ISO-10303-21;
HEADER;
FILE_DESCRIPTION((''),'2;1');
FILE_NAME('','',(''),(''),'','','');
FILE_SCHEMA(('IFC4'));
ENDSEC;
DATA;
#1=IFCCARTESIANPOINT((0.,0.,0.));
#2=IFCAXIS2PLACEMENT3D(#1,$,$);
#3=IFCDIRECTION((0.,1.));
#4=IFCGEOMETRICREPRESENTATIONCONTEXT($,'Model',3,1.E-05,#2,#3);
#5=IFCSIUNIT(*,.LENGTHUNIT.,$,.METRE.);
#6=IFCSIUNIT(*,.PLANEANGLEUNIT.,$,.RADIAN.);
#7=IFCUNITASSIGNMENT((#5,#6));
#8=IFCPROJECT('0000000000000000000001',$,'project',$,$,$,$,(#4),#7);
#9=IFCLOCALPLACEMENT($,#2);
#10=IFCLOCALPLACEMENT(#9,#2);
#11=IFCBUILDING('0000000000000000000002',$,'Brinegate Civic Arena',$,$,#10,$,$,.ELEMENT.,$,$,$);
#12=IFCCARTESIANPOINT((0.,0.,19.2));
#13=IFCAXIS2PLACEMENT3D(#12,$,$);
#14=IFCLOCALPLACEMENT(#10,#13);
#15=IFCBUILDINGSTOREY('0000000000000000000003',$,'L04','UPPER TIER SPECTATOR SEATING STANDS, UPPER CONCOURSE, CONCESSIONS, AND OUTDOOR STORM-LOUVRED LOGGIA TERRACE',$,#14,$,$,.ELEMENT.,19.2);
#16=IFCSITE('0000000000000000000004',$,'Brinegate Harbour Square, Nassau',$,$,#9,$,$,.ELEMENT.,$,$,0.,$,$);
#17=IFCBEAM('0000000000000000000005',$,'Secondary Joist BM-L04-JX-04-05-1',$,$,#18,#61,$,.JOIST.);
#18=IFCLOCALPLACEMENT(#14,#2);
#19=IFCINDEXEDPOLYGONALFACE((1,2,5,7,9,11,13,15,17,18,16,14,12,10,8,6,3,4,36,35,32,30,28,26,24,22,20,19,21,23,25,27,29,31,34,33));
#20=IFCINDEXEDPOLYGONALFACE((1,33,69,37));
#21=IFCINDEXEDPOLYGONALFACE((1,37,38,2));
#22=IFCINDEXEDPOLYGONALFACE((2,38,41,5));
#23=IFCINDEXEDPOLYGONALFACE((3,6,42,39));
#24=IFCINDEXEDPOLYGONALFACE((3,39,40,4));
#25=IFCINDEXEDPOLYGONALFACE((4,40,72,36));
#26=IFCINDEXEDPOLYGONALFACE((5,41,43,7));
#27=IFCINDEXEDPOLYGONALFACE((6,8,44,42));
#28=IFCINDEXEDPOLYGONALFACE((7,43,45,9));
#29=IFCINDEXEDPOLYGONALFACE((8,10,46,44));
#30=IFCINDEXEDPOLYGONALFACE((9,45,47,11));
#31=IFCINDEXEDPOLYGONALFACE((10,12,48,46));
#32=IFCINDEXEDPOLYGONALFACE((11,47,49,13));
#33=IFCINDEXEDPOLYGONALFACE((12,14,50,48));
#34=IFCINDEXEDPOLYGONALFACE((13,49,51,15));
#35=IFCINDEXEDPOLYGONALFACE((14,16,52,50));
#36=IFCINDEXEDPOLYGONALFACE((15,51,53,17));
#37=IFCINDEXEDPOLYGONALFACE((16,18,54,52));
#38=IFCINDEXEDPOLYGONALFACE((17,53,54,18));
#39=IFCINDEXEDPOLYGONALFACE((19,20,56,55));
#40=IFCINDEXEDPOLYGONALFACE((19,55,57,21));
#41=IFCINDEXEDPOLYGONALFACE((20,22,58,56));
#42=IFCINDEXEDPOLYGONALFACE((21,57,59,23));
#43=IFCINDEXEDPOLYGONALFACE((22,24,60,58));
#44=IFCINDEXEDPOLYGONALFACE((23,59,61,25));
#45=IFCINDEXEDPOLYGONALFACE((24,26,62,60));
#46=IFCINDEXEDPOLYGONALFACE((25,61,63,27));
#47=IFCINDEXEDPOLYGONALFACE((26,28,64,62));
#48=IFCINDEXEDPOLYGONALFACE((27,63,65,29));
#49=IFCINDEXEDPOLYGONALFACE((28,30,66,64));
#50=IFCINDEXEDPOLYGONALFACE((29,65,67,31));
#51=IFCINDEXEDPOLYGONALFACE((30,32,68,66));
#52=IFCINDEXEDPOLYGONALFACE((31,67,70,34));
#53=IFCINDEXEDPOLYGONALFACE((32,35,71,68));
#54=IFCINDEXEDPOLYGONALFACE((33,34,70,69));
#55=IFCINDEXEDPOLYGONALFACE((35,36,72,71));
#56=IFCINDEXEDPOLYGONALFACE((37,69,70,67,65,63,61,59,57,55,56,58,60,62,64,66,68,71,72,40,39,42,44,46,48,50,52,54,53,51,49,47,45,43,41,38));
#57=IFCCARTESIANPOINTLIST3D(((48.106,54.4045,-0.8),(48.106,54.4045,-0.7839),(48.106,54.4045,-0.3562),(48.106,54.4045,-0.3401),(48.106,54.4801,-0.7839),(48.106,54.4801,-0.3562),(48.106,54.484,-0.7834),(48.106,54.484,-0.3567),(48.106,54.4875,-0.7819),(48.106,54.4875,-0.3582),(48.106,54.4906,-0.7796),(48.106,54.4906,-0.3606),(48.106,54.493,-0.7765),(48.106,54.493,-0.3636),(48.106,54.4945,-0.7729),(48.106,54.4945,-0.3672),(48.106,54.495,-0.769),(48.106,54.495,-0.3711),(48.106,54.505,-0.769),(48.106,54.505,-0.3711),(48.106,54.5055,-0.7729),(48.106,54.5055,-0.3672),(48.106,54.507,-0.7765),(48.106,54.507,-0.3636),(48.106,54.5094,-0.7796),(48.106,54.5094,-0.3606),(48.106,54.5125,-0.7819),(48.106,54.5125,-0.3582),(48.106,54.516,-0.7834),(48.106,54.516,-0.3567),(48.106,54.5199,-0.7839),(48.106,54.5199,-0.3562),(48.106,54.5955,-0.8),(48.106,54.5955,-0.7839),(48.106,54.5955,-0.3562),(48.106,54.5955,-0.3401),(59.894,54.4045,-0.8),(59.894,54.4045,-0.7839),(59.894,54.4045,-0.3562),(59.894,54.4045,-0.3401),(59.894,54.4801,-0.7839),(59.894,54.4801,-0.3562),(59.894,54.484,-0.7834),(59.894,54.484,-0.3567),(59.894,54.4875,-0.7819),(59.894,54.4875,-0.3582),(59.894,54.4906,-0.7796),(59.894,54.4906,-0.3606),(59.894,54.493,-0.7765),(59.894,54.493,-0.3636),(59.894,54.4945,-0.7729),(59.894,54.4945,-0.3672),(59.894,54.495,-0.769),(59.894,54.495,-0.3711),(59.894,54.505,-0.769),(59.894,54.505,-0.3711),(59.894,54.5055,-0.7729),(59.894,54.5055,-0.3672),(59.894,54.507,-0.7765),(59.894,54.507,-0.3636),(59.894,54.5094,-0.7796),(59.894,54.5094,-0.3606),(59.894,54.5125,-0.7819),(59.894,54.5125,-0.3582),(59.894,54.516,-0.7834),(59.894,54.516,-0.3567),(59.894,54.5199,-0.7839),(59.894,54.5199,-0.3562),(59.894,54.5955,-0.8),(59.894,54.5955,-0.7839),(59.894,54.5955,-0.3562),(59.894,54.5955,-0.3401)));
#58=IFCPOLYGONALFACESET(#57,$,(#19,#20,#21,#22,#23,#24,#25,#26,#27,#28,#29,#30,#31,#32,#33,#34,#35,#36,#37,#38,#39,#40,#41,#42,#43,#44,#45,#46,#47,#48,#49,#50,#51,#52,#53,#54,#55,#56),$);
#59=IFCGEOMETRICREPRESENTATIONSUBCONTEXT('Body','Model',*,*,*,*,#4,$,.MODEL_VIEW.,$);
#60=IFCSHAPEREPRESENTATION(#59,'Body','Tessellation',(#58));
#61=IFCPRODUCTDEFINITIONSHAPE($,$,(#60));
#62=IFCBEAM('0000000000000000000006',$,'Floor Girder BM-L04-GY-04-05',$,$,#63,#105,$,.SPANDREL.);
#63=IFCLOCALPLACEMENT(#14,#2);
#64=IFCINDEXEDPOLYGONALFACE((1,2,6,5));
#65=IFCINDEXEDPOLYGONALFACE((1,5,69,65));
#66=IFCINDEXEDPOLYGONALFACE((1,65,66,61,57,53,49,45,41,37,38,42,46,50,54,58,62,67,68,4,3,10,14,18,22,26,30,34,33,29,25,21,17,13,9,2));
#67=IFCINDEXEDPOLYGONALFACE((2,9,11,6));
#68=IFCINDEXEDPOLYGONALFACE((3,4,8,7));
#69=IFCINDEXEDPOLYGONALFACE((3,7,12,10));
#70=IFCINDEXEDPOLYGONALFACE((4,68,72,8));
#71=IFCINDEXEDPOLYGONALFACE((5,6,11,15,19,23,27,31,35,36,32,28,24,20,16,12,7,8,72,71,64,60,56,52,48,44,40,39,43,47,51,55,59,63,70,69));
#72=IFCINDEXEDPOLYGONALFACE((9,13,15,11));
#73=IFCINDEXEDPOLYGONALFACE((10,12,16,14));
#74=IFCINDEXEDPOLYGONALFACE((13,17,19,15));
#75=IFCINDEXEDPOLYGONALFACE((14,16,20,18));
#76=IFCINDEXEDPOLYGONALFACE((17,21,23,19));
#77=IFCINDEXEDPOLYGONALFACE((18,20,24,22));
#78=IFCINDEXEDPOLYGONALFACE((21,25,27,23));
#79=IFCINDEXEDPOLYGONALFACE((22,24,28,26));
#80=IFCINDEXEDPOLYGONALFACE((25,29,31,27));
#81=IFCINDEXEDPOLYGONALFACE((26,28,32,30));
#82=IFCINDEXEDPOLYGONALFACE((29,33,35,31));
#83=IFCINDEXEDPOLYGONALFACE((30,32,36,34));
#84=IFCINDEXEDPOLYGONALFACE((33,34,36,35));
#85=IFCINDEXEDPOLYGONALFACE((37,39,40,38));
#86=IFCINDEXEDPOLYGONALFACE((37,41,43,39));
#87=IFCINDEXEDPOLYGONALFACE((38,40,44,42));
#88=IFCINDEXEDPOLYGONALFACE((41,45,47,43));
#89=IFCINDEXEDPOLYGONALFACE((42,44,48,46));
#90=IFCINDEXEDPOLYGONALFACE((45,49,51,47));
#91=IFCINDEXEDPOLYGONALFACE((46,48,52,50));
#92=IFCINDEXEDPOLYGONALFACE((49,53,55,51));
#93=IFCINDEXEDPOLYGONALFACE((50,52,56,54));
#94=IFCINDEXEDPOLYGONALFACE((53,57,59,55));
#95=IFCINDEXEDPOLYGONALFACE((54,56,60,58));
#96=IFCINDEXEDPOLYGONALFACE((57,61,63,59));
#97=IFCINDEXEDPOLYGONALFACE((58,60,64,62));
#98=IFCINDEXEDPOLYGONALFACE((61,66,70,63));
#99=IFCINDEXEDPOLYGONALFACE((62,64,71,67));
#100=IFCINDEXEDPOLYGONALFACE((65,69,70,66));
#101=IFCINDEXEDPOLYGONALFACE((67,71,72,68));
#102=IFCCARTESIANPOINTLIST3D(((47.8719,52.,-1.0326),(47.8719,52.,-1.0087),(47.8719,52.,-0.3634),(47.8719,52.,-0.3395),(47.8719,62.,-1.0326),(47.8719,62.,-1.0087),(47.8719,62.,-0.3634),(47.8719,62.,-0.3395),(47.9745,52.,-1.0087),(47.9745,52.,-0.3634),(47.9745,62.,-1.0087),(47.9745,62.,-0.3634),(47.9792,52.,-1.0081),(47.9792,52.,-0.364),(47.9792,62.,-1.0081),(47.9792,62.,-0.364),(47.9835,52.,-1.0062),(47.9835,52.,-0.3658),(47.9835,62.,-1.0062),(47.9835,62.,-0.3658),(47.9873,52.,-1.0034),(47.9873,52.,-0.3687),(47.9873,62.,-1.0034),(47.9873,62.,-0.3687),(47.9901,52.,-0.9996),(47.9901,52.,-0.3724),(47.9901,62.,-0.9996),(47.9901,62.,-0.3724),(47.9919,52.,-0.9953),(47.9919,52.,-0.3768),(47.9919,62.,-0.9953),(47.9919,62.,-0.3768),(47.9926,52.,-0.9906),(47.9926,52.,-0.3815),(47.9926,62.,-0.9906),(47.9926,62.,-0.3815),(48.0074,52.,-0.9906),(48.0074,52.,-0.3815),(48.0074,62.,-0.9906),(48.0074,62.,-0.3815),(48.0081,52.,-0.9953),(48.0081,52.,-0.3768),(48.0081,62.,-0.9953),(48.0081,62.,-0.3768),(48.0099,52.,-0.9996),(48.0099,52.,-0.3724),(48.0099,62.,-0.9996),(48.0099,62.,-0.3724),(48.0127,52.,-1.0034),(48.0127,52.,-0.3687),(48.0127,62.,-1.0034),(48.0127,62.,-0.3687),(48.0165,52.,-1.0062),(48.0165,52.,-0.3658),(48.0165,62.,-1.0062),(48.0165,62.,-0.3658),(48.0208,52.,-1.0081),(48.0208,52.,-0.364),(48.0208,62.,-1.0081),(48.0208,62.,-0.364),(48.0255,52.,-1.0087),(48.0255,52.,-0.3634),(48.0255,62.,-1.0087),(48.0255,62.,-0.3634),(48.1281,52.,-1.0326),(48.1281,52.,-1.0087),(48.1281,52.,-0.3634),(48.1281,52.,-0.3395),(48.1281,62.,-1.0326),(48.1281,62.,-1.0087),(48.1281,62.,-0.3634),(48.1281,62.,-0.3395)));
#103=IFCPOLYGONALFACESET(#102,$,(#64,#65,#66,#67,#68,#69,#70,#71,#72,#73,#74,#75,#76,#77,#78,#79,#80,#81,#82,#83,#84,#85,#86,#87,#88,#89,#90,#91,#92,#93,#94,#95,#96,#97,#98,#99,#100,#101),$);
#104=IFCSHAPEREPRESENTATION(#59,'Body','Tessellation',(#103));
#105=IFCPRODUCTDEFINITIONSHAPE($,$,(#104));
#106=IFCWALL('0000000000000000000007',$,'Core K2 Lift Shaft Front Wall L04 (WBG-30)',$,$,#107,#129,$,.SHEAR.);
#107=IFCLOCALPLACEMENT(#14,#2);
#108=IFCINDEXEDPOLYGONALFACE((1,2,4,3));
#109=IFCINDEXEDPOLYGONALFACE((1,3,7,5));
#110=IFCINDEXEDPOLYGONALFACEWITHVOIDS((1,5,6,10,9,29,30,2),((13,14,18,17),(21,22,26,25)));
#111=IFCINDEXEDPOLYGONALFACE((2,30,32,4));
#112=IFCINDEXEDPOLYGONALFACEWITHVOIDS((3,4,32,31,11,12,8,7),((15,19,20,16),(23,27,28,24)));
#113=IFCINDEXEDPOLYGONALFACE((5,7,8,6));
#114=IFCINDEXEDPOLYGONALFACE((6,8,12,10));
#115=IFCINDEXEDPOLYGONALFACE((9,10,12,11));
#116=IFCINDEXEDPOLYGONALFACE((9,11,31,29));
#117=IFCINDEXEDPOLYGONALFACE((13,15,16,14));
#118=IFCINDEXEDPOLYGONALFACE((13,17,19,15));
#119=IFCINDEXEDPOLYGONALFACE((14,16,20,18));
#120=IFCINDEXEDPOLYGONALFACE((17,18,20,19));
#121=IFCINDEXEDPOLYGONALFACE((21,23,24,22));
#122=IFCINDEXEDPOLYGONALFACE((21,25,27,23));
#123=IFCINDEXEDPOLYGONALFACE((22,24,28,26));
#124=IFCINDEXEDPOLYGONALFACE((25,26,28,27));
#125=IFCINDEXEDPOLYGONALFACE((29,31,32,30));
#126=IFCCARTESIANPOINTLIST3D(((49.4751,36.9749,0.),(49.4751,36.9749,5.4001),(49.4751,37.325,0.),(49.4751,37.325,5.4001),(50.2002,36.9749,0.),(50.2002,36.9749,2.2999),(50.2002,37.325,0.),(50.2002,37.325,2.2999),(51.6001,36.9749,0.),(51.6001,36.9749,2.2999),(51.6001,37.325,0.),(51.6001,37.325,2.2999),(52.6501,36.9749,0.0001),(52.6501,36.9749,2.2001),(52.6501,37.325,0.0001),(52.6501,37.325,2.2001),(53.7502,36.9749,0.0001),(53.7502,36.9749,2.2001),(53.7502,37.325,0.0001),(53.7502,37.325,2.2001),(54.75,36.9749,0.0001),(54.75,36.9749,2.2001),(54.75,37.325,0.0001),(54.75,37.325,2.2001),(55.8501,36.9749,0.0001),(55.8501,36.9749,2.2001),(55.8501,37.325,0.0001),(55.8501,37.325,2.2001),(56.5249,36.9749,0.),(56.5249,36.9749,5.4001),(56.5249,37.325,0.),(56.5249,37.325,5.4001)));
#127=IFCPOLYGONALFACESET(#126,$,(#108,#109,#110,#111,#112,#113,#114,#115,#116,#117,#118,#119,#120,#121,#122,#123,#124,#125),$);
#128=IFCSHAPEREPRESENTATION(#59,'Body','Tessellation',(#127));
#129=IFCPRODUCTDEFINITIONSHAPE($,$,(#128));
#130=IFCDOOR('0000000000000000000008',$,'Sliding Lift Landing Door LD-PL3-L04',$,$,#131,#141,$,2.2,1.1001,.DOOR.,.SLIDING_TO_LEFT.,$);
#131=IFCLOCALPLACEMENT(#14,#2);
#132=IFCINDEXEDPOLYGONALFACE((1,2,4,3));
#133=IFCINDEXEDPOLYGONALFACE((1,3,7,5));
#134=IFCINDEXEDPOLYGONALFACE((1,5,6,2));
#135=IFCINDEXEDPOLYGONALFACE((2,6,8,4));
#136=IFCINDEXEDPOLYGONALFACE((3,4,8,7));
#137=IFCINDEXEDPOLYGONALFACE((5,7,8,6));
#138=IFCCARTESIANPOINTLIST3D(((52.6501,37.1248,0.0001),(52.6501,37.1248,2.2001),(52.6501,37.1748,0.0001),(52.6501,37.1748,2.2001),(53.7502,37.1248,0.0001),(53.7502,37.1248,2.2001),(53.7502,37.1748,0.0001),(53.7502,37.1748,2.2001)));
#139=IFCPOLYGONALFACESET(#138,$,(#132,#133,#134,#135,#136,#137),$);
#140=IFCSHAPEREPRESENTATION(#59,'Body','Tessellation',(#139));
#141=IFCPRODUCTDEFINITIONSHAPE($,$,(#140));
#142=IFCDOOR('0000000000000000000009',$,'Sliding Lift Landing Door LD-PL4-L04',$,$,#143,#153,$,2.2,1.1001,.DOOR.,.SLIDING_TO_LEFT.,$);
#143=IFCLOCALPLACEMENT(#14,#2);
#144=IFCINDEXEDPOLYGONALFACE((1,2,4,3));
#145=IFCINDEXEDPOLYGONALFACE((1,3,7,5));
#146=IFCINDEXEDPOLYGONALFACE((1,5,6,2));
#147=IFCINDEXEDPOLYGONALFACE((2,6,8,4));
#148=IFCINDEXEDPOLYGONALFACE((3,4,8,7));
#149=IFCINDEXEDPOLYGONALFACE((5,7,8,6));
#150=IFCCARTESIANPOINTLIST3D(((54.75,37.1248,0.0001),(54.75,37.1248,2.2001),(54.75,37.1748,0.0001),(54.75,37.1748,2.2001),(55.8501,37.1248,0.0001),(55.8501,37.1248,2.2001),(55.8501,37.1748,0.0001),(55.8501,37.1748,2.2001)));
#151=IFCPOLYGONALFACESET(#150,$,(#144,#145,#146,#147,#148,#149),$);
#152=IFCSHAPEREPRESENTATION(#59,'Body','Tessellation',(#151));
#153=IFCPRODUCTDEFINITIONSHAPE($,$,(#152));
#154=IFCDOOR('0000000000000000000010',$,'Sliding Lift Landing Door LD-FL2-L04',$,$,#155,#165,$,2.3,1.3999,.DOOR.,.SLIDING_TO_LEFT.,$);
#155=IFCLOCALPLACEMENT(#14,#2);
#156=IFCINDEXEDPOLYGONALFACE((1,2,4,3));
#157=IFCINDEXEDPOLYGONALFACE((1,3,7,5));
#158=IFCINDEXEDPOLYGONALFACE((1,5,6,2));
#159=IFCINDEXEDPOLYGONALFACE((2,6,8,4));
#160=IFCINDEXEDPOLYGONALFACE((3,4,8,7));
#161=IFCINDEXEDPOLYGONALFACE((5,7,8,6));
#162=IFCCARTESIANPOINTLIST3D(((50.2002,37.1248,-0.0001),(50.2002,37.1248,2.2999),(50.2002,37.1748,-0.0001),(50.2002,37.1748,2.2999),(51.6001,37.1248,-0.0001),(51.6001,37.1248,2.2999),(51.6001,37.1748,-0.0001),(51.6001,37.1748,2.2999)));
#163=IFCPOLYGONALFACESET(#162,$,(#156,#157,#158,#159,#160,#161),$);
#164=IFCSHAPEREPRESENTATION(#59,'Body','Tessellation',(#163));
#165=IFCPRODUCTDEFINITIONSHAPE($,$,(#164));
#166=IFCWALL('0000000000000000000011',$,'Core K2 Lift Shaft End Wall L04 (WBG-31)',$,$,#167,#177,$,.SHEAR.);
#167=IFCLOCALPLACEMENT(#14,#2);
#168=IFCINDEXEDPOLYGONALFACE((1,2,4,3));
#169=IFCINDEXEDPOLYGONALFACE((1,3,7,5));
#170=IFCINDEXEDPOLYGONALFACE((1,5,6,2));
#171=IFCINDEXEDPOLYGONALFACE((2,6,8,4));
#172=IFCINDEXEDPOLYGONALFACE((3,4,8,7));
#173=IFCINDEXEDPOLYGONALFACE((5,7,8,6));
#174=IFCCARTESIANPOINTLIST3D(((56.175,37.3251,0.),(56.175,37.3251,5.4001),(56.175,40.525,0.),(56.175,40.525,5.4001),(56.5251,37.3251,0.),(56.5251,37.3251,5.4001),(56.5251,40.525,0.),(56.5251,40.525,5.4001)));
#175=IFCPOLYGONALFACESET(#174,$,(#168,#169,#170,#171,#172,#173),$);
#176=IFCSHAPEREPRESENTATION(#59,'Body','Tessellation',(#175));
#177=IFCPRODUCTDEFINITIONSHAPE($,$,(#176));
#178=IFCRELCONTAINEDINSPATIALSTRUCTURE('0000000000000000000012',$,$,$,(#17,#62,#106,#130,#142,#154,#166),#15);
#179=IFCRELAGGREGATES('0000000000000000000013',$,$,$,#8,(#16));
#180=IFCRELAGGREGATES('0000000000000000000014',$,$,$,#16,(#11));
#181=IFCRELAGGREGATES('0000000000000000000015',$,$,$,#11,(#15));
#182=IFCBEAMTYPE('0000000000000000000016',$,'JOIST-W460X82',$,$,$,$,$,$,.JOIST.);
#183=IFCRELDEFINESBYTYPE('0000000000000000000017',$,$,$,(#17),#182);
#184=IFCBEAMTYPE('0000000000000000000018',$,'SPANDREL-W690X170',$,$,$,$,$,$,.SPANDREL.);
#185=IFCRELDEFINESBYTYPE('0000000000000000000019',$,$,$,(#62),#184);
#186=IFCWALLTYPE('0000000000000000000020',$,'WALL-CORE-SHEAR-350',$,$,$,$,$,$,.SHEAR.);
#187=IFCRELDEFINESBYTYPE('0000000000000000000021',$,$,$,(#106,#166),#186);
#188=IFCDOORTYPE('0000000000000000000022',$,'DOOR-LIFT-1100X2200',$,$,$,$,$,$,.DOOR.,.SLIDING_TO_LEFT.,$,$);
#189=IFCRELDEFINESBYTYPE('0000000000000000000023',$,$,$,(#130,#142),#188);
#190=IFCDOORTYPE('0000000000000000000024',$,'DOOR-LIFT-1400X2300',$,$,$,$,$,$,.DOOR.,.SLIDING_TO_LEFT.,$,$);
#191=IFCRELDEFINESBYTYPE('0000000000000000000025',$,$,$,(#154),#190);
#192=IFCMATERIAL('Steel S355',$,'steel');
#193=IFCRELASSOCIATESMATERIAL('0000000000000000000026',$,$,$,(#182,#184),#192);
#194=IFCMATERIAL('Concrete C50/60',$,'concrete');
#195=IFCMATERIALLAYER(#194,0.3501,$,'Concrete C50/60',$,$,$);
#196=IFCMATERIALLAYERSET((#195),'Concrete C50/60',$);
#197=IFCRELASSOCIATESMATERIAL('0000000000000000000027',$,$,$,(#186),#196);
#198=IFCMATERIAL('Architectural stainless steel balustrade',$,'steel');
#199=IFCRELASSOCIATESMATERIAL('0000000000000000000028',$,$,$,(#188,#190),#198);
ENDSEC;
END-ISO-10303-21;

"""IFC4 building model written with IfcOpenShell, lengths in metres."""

from ifc_helpers import new_model, si_unit, direction, frame, frame_2d, origin, origin_2d, place, context, subcontext, project, spatial, rectangle, i_section, extrude, material, layer, layer_set, material_profile, profile_set, type_object, element, fill, save


model = new_model("IFC4")

# Units and contexts
model_context = context("Model", 3, precision=1e-05, world=origin(), true_north=direction((0.0, 1.0)))
body_context = subcontext(model_context, "Body", "Model", "MODEL_VIEW")
ifc_project = project(units=[si_unit("LENGTHUNIT", "METRE"), si_unit("PLANEANGLEUNIT", "RADIAN")], contexts=[model_context])

# Site, building, storey
site_placement = place(None, origin())
site = spatial("IfcSite", under=ifc_project, at=site_placement, Name="Brinegate Harbour Square, Nassau", CompositionType="ELEMENT", RefElevation=0.0)
building_placement = place(site_placement, origin())
building = spatial("IfcBuilding", under=site, at=building_placement, Name="Brinegate Civic Arena", CompositionType="ELEMENT")
storey_placement = place(building_placement, frame((0.0, 0.0, 19.2)))
storey = spatial("IfcBuildingStorey", under=building, at=storey_placement, Name="L04", Description="UPPER TIER SPECTATOR SEATING STANDS, UPPER CONCOURSE, CONCESSIONS, AND OUTDOOR STORM-LOUVRED LOGGIA TERRACE", CompositionType="ELEMENT", Elevation=19.2)

# Shared definitions
ifc_material_1 = material(Name="Concrete C50/60", Category="concrete")

# Beams
ifc_material_2 = material(Name="Steel S355", Category="steel")
ifc_material_profile_1 = material_profile(ifc_material_2, i_section(OverallWidth=0.1909, OverallDepth=0.46, WebThickness=0.01, FlangeThickness=0.0161, FilletRadius=0.0149, at=origin_2d()), Name="W460X82")
ifc_profile_set_1 = profile_set([ifc_material_profile_1], Name="Steel S355")
beam_type_1 = type_object("IfcBeamType", Name="JOIST-W460X82", PredefinedType="JOIST", material=ifc_profile_set_1)
beam_1_placement = place(storey_placement, frame((48.106, 54.5, -0.5701), z_axis=(1.0, 0.0, 0.0), x_axis=(0.0, 1.0, 0.0)))
element("IfcBeam", 1, at=beam_1_placement, inside=storey, type_object=beam_type_1, Name="Secondary Joist BM-L04-JX-04-05-1", PredefinedType="JOIST", context=body_context, shape_type="SweptSolid", body=[
    extrude(i_section(OverallWidth=0.1909, OverallDepth=0.46, WebThickness=0.01, FlangeThickness=0.0161, FilletRadius=0.0149, at=origin_2d()), origin(), (0.0, 0.0, 1.0), 11.7881),
])
ifc_material_profile_2 = material_profile(ifc_material_2, i_section(OverallWidth=0.2561, OverallDepth=0.6931, WebThickness=0.0149, FlangeThickness=0.0239, FilletRadius=0.0181, at=origin_2d()), Name="W690X170")
ifc_profile_set_2 = profile_set([ifc_material_profile_2], Name="Steel S355")
beam_type_2 = type_object("IfcBeamType", Name="SPANDREL-W690X170", PredefinedType="SPANDREL", material=ifc_profile_set_2)
beam_2_placement = place(storey_placement, frame((48.0, 52.0, -0.686), z_axis=(0.0, 1.0, 0.0), x_axis=(-1.0, 0.0, 0.0)))
element("IfcBeam", 2, at=beam_2_placement, inside=storey, type_object=beam_type_2, Name="Floor Girder BM-L04-GY-04-05", PredefinedType="SPANDREL", context=body_context, shape_type="SweptSolid", body=[
    extrude(i_section(OverallWidth=0.2561, OverallDepth=0.6931, WebThickness=0.0149, FlangeThickness=0.0239, FilletRadius=0.0181, at=origin_2d()), origin(), (0.0, 0.0, 1.0), 10.0),
])

# Wall, openings, doors
ifc_layer_1 = layer(ifc_material_1, 0.3501, Name="Concrete C50/60")
ifc_layer_set_1 = layer_set([ifc_layer_1], Name="Concrete C50/60")
wall_type_1 = type_object("IfcWallType", Name="WALL-CORE-SHEAR-350", PredefinedType="SHEAR", material=ifc_layer_set_1)
wall_1_placement = place(storey_placement, frame((49.4751, 37.1499, 0.0), z_axis=(0.0, 0.0, 1.0), x_axis=(1.0, 0.0, 0.0)))
wall_1 = element("IfcWall", 3, at=wall_1_placement, inside=storey, type_object=wall_type_1, Name="Core K2 Lift Shaft Front Wall L04 (WBG-30)", PredefinedType="SHEAR", context=body_context, shape_type="SweptSolid", body=[
    extrude(rectangle(XDim=7.0498, YDim=0.3501, at=frame_2d((3.5249, 0.0))), origin(), (0.0, 0.0, 1.0), 5.4001),
])
opening_1_placement = place(wall_1_placement, frame((0.7251, 0.0, 0.0)))
opening_1 = element("IfcOpeningElement", 4, at=opening_1_placement, cuts=wall_1, PredefinedType="OPENING", context=body_context, shape_type="SweptSolid", body=[
    extrude(rectangle(XDim=1.3999, YDim=2.3, at=frame_2d((0.7, 1.1499))), frame((0.0, 0.1851, 0.0), z_axis=(0.0, -1.0, 0.0), x_axis=(1.0, 0.0, 0.0)), (0.0, 0.0, 1.0), 0.3701),
])
opening_2_placement = place(wall_1_placement, frame((3.175, 0.0, 0.0)))
opening_2 = element("IfcOpeningElement", 5, at=opening_2_placement, cuts=wall_1, PredefinedType="OPENING", context=body_context, shape_type="SweptSolid", body=[
    extrude(rectangle(XDim=1.1001, YDim=2.2, at=frame_2d((0.55, 1.1001))), frame((0.0, 0.1851, 0.0), z_axis=(0.0, -1.0, 0.0), x_axis=(1.0, 0.0, 0.0)), (0.0, 0.0, 1.0), 0.3701),
])
opening_3_placement = place(wall_1_placement, frame((5.2749, 0.0, 0.0)))
opening_3 = element("IfcOpeningElement", 6, at=opening_3_placement, cuts=wall_1, PredefinedType="OPENING", context=body_context, shape_type="SweptSolid", body=[
    extrude(rectangle(XDim=1.1001, YDim=2.2, at=frame_2d((0.55, 1.1001))), frame((0.0, 0.1851, 0.0), z_axis=(0.0, -1.0, 0.0), x_axis=(1.0, 0.0, 0.0)), (0.0, 0.0, 1.0), 0.3701),
])
ifc_material_3 = material(Name="Architectural stainless steel balustrade", Category="steel")
door_type_1 = type_object("IfcDoorType", Name="DOOR-LIFT-1100X2200", OperationType="SLIDING_TO_LEFT", PredefinedType="DOOR", material=ifc_material_3)
door_1_placement = place(opening_2_placement, origin())
door_1 = element("IfcDoor", 7, at=door_1_placement, inside=storey, type_object=door_type_1, Name="Sliding Lift Landing Door LD-PL3-L04", OperationType="SLIDING_TO_LEFT", OverallHeight=2.2, OverallWidth=1.1001, PredefinedType="DOOR", context=body_context, shape_type="SweptSolid", body=[
    extrude(rectangle(XDim=1.1001, YDim=2.2, at=frame_2d((0.55, 1.1001))), frame((0.0, 0.0249, 0.0), z_axis=(0.0, -1.0, 0.0), x_axis=(1.0, 0.0, 0.0)), (0.0, 0.0, 1.0), 0.05),
])
fill(opening_2, door_1)
door_2_placement = place(opening_3_placement, origin())
door_2 = element("IfcDoor", 8, at=door_2_placement, inside=storey, type_object=door_type_1, Name="Sliding Lift Landing Door LD-PL4-L04", OperationType="SLIDING_TO_LEFT", OverallHeight=2.2, OverallWidth=1.1001, PredefinedType="DOOR", context=body_context, shape_type="SweptSolid", body=[
    extrude(rectangle(XDim=1.1001, YDim=2.2, at=frame_2d((0.55, 1.1001))), frame((0.0, 0.0249, 0.0), z_axis=(0.0, -1.0, 0.0), x_axis=(1.0, 0.0, 0.0)), (0.0, 0.0, 1.0), 0.05),
])
fill(opening_3, door_2)
door_type_2 = type_object("IfcDoorType", Name="DOOR-LIFT-1400X2300", OperationType="SLIDING_TO_LEFT", PredefinedType="DOOR", material=ifc_material_3)
door_3_placement = place(opening_1_placement, origin())
door_3 = element("IfcDoor", 9, at=door_3_placement, inside=storey, type_object=door_type_2, Name="Sliding Lift Landing Door LD-FL2-L04", OperationType="SLIDING_TO_LEFT", OverallHeight=2.3, OverallWidth=1.3999, PredefinedType="DOOR", context=body_context, shape_type="SweptSolid", body=[
    extrude(rectangle(XDim=1.3999, YDim=2.3, at=frame_2d((0.7, 1.1499))), frame((0.0, 0.0249, 0.0), z_axis=(0.0, -1.0, 0.0), x_axis=(1.0, 0.0, 0.0)), (0.0, 0.0, 1.0), 0.05),
])
fill(opening_1, door_3)

# Wall
wall_2_placement = place(storey_placement, frame((56.3501, 37.325, 0.0), z_axis=(0.0, 0.0, 1.0), x_axis=(0.0, 1.0, 0.0)))
element("IfcWall", 10, at=wall_2_placement, inside=storey, type_object=wall_type_1, Name="Core K2 Lift Shaft End Wall L04 (WBG-31)", PredefinedType="SHEAR", context=body_context, shape_type="SweptSolid", body=[
    extrude(rectangle(XDim=3.2, YDim=0.3501, at=frame_2d((1.6001, 0.0))), origin(), (0.0, 0.0, 1.0), 5.4001),
])

save(model, "model.ifc")
